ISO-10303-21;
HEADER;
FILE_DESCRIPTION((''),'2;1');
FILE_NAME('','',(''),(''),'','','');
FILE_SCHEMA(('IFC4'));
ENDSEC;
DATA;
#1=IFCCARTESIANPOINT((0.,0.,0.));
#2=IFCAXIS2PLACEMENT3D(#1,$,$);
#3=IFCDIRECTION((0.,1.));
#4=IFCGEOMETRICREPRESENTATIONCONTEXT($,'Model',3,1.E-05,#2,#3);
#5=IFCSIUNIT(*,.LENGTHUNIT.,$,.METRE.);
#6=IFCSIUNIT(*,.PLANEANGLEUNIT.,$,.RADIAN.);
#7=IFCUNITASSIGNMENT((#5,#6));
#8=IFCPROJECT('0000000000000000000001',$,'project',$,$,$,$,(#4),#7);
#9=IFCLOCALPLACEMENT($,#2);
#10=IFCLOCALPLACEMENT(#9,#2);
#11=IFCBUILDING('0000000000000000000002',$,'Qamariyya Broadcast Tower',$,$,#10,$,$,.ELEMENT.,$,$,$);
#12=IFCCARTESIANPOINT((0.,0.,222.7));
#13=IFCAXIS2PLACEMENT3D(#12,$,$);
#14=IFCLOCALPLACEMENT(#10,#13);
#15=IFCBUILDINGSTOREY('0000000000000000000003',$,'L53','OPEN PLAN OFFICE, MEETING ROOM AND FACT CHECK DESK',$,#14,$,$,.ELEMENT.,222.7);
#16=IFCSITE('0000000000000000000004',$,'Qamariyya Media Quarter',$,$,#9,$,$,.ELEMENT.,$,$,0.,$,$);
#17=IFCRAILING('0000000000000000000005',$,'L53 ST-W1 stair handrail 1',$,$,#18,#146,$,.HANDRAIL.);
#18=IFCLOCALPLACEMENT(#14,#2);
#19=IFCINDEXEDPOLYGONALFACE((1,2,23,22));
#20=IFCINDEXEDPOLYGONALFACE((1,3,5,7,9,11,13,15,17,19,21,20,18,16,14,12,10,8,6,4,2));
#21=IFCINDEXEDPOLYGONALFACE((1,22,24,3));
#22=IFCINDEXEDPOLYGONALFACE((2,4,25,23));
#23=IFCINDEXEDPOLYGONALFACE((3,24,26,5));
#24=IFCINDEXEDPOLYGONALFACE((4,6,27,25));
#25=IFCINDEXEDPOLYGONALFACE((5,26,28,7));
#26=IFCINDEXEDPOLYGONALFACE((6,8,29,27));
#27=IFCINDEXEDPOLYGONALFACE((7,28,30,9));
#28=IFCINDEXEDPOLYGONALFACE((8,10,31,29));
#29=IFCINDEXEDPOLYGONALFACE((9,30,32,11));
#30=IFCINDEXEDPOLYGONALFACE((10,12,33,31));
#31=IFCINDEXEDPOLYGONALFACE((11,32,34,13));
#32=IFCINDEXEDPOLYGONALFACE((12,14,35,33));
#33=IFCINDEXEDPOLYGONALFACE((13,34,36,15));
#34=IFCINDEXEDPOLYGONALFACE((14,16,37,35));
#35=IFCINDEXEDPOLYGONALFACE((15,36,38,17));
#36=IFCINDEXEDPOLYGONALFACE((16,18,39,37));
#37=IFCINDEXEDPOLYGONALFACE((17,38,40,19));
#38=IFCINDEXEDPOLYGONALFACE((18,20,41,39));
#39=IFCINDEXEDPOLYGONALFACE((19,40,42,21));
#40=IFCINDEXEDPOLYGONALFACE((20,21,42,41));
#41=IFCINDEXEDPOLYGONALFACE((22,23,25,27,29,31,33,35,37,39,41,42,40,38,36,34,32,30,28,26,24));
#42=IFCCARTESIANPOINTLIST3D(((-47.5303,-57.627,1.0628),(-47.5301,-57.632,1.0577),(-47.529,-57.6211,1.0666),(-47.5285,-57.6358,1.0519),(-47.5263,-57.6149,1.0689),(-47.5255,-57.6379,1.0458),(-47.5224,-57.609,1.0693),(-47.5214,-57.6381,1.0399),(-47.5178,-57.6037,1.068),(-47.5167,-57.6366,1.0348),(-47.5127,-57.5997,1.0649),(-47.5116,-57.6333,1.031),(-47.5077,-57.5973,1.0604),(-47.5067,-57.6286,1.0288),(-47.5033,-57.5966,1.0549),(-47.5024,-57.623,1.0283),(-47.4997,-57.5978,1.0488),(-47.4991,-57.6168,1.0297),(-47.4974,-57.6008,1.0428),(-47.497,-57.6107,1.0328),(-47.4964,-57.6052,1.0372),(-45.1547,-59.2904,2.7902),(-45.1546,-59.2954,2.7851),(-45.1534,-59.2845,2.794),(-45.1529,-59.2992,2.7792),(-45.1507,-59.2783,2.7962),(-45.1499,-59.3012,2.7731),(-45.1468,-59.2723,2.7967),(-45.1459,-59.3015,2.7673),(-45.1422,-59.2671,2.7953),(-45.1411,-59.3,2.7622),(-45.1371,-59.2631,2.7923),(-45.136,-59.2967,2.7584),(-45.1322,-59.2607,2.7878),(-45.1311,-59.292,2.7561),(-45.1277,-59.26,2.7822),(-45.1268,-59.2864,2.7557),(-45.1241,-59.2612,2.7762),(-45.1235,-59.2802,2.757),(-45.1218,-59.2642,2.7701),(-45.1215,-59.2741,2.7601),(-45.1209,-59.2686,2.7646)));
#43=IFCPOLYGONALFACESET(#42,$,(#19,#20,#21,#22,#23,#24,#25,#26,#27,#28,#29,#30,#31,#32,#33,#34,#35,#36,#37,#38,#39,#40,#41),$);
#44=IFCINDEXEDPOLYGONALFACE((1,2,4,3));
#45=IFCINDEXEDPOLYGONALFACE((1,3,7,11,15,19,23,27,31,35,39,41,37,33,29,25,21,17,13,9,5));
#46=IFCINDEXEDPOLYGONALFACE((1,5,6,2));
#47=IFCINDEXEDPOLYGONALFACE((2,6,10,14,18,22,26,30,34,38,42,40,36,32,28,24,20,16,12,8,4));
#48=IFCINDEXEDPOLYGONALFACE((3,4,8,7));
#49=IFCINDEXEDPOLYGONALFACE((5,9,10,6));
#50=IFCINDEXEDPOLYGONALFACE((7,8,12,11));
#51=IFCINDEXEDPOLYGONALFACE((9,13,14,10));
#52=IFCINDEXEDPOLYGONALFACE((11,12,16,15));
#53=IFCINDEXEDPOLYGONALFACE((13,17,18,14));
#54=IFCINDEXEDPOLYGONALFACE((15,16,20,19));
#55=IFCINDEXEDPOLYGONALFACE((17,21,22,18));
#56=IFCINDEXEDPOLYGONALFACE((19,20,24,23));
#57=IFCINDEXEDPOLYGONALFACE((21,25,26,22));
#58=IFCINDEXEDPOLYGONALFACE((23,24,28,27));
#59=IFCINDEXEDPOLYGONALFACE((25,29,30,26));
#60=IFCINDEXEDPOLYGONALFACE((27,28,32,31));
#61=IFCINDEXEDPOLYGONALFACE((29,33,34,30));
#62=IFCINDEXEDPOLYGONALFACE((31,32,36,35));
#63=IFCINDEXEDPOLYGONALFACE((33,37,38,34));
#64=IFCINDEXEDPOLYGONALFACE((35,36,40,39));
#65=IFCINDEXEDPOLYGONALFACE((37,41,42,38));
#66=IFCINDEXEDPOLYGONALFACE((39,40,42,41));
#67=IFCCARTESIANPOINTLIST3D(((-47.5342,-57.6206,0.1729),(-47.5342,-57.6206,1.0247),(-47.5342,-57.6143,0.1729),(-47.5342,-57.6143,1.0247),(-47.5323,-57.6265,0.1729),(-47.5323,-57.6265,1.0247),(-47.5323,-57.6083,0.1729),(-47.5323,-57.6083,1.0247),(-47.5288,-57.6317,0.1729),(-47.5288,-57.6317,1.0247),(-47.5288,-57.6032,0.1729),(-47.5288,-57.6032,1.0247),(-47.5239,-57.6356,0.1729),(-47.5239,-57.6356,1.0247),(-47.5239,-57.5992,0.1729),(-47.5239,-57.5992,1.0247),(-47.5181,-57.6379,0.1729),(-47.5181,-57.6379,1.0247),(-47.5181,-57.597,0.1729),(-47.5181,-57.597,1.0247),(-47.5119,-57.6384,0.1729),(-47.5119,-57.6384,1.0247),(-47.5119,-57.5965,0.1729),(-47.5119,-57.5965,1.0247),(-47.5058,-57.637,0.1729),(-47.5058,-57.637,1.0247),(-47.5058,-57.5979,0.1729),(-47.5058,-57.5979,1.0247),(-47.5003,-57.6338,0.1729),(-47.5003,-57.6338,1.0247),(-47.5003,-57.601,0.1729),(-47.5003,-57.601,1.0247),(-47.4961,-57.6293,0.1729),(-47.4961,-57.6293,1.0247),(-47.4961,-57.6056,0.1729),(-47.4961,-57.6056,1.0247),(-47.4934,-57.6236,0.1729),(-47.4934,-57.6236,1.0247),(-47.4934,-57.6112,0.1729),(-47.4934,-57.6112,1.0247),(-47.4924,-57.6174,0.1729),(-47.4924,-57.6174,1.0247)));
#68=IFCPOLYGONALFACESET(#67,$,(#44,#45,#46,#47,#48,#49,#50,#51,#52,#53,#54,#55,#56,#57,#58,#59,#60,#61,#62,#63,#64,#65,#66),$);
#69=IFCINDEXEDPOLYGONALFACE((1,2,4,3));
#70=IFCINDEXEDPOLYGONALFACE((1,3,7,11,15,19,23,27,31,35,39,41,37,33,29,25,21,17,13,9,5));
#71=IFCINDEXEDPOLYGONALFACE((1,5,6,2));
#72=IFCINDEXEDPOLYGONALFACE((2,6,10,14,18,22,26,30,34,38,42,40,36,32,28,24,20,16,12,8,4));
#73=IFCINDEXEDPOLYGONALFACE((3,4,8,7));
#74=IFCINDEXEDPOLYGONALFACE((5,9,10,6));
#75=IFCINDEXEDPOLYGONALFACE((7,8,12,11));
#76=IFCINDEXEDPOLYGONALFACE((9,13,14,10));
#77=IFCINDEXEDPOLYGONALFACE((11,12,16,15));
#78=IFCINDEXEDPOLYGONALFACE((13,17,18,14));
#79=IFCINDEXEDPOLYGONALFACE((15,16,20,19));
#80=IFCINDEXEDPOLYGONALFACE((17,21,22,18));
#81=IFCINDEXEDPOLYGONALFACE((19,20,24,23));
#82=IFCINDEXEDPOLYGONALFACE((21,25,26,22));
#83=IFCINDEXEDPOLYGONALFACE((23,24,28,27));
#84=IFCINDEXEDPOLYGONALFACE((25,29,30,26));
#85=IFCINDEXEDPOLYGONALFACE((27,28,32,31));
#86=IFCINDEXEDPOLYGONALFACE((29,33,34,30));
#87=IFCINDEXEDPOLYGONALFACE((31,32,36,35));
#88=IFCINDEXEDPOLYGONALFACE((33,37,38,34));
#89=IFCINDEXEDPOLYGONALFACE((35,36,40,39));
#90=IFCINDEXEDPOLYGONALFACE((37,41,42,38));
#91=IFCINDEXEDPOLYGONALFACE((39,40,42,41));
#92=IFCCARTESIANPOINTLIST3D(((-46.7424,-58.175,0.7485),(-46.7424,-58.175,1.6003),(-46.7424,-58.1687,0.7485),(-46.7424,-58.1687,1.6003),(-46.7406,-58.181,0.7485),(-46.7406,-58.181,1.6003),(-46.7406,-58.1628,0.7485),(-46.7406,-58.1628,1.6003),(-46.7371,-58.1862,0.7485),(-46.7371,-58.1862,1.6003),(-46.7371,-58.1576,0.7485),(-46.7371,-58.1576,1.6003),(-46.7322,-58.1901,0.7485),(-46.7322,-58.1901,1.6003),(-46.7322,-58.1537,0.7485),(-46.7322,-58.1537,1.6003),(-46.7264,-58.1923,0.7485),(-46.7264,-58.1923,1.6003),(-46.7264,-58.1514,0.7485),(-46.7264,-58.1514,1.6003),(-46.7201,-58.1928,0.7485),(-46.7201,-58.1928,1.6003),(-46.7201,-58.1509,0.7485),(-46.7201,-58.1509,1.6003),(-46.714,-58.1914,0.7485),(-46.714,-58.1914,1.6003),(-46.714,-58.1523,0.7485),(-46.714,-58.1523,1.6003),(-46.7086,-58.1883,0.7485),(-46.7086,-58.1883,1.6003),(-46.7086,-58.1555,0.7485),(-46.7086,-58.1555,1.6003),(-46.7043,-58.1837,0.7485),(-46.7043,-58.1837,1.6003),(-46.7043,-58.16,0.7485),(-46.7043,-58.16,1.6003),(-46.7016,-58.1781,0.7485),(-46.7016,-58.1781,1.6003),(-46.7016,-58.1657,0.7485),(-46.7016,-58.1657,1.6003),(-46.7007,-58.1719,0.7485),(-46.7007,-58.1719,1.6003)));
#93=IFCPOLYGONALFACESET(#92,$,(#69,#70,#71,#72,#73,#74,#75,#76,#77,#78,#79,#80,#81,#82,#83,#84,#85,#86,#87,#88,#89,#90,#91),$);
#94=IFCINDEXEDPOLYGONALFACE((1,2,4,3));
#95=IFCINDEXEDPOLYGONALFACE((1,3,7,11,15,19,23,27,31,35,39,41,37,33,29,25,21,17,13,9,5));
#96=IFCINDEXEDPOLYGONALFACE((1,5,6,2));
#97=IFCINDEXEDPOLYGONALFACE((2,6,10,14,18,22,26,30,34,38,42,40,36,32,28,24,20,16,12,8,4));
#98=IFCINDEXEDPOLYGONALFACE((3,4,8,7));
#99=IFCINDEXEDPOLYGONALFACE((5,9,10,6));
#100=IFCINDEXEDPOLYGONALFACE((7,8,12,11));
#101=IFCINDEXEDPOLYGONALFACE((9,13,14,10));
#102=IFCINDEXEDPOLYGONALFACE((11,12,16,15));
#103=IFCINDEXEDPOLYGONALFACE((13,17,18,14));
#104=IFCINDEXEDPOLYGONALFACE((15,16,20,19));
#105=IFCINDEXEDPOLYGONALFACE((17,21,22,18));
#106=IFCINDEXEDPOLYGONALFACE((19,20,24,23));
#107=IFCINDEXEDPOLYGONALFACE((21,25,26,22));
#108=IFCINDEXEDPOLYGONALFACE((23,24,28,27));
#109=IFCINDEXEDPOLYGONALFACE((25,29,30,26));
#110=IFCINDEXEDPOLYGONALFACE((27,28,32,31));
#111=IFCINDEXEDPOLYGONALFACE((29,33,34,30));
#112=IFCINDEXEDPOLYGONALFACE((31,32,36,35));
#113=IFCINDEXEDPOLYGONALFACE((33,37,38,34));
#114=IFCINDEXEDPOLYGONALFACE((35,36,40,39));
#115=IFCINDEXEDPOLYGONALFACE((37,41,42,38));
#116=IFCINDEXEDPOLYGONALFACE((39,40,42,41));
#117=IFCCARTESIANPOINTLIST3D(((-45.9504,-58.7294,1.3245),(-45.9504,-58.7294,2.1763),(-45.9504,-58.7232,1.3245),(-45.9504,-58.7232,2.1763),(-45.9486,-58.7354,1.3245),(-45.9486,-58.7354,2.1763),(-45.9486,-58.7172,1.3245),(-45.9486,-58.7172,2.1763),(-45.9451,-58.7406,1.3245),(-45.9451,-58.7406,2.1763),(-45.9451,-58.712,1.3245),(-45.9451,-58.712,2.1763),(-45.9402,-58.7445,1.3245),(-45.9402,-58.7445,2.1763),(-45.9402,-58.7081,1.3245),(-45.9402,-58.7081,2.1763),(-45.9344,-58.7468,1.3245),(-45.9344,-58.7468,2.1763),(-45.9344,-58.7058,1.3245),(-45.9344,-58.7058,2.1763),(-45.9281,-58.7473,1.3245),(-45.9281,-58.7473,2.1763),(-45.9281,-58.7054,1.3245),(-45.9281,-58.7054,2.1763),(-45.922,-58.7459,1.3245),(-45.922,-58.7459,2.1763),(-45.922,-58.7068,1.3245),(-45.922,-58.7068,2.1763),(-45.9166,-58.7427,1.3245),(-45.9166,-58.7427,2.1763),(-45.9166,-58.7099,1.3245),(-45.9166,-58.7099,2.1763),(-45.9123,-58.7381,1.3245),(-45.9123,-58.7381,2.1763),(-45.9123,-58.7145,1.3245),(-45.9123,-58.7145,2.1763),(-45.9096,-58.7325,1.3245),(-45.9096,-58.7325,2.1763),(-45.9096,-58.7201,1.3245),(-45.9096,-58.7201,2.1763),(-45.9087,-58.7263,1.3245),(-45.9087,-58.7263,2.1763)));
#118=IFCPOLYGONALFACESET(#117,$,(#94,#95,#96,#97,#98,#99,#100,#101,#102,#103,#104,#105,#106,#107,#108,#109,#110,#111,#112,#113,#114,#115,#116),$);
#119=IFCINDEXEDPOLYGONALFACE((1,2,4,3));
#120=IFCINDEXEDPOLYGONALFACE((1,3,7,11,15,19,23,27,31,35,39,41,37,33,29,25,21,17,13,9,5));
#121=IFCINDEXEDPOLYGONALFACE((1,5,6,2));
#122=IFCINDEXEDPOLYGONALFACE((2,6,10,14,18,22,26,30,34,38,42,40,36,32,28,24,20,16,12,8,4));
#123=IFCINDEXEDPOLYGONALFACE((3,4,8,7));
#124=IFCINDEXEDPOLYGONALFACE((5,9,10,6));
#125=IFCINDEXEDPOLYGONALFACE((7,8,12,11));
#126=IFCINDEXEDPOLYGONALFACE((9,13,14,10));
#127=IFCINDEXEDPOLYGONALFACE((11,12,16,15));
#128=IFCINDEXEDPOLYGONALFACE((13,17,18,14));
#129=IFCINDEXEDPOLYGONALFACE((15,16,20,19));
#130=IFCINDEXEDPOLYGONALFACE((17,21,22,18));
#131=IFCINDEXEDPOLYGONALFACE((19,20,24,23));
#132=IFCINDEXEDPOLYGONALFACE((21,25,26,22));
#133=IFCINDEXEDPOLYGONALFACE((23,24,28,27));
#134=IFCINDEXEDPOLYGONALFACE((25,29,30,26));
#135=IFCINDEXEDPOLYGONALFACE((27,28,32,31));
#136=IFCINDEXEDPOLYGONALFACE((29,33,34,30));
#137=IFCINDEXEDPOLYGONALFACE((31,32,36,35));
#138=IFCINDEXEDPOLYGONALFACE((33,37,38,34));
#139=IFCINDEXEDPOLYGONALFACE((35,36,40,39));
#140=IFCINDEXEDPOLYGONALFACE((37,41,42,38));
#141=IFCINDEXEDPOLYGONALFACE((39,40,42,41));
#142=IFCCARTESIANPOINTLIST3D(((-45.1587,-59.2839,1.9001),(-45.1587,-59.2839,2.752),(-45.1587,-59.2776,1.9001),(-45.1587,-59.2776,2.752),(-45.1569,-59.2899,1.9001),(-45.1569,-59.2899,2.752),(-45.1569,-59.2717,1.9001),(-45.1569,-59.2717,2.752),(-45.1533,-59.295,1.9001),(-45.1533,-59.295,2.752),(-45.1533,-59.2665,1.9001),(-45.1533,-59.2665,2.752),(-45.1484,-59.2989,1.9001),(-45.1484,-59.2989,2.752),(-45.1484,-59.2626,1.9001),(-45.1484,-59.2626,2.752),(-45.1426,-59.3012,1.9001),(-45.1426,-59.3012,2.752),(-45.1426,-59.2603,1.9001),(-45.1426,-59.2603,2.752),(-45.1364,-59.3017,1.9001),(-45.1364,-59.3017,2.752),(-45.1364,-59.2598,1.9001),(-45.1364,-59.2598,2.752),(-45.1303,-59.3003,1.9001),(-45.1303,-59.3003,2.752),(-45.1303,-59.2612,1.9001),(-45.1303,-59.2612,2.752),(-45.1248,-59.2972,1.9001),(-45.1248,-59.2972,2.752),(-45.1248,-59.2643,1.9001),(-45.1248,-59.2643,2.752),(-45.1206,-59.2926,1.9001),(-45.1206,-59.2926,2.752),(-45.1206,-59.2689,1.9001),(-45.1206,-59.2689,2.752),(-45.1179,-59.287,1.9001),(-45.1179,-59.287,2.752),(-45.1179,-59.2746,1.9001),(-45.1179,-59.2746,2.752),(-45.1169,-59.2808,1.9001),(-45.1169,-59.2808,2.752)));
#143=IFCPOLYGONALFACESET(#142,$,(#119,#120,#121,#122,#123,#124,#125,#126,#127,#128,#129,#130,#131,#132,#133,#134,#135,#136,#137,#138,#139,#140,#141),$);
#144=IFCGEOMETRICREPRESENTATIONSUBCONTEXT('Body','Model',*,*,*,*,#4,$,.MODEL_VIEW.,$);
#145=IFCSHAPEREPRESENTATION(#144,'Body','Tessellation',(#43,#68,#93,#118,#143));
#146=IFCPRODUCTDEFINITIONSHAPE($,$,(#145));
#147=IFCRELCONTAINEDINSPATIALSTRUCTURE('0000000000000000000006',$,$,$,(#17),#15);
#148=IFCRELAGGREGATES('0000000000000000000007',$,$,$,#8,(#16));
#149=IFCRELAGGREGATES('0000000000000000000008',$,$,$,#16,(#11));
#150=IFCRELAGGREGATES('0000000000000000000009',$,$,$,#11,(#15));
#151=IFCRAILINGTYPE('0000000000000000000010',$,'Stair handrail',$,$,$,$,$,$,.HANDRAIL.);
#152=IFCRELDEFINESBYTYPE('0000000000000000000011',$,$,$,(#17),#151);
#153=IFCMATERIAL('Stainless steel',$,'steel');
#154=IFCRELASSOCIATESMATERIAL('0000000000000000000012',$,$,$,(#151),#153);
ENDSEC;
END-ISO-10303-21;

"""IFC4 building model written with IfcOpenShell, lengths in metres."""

from ifc_helpers import new_model, si_unit, direction, frame, origin, origin_2d, place, context, subcontext, project, spatial, circle, extrude, material, type_object, element, save


model = new_model("IFC4")

# Units and contexts
model_context = context("Model", 3, precision=1e-05, world=origin(), true_north=direction((0.0, 1.0)))
body_context = subcontext(model_context, "Body", "Model", "MODEL_VIEW")
ifc_project = project(units=[si_unit("LENGTHUNIT", "METRE"), si_unit("PLANEANGLEUNIT", "RADIAN")], contexts=[model_context])

# Site, building, storey
site_placement = place(None, origin())
site = spatial("IfcSite", under=ifc_project, at=site_placement, Name="Qamariyya Media Quarter", CompositionType="ELEMENT", RefElevation=0.0)
building_placement = place(site_placement, origin())
building = spatial("IfcBuilding", under=site, at=building_placement, Name="Qamariyya Broadcast Tower", CompositionType="ELEMENT")
storey_placement = place(building_placement, frame((0.0, 0.0, 222.7)))
storey = spatial("IfcBuildingStorey", under=building, at=storey_placement, Name="L53", Description="OPEN PLAN OFFICE, MEETING ROOM AND FACT CHECK DESK", CompositionType="ELEMENT", Elevation=222.7)

# Railing
ifc_material_1 = material(Name="Stainless steel", Category="steel")
railing_type_1 = type_object("IfcRailingType", Name="Stair handrail", PredefinedType="HANDRAIL", material=ifc_material_1)
railing_1_placement = place(storey_placement, frame((-47.5134, -57.6174, 0.1729)))
element("IfcRailing", 1, at=railing_1_placement, inside=storey, type_object=railing_type_1, Name="L53 ST-W1 stair handrail 1", PredefinedType="HANDRAIL", context=body_context, shape_type="SweptSolid", body=[
    extrude(circle(Radius=0.0239, at=origin_2d()), frame((0.0, 0.0, 0.876), z_axis=(0.70377, -0.492784, 0.511734), x_axis=(0.573575, 0.819153, 0.0)), (0.0, 0.0, 1.0), 3.3755),
    extrude(circle(Radius=0.021, at=origin_2d()), origin(), (0.0, 0.0, 1.0), 0.8518),
    extrude(circle(Radius=0.021, at=origin_2d()), frame((0.7917, -0.5544, 0.5757)), (0.0, 0.0, 1.0), 0.8518),
    extrude(circle(Radius=0.021, at=origin_2d()), frame((1.5837, -1.1089, 1.1516)), (0.0, 0.0, 1.0), 0.8518),
    extrude(circle(Radius=0.021, at=origin_2d()), frame((2.3755, -1.6633, 1.7273)), (0.0, 0.0, 1.0), 0.8518),
])

save(model, "model.ifc")
